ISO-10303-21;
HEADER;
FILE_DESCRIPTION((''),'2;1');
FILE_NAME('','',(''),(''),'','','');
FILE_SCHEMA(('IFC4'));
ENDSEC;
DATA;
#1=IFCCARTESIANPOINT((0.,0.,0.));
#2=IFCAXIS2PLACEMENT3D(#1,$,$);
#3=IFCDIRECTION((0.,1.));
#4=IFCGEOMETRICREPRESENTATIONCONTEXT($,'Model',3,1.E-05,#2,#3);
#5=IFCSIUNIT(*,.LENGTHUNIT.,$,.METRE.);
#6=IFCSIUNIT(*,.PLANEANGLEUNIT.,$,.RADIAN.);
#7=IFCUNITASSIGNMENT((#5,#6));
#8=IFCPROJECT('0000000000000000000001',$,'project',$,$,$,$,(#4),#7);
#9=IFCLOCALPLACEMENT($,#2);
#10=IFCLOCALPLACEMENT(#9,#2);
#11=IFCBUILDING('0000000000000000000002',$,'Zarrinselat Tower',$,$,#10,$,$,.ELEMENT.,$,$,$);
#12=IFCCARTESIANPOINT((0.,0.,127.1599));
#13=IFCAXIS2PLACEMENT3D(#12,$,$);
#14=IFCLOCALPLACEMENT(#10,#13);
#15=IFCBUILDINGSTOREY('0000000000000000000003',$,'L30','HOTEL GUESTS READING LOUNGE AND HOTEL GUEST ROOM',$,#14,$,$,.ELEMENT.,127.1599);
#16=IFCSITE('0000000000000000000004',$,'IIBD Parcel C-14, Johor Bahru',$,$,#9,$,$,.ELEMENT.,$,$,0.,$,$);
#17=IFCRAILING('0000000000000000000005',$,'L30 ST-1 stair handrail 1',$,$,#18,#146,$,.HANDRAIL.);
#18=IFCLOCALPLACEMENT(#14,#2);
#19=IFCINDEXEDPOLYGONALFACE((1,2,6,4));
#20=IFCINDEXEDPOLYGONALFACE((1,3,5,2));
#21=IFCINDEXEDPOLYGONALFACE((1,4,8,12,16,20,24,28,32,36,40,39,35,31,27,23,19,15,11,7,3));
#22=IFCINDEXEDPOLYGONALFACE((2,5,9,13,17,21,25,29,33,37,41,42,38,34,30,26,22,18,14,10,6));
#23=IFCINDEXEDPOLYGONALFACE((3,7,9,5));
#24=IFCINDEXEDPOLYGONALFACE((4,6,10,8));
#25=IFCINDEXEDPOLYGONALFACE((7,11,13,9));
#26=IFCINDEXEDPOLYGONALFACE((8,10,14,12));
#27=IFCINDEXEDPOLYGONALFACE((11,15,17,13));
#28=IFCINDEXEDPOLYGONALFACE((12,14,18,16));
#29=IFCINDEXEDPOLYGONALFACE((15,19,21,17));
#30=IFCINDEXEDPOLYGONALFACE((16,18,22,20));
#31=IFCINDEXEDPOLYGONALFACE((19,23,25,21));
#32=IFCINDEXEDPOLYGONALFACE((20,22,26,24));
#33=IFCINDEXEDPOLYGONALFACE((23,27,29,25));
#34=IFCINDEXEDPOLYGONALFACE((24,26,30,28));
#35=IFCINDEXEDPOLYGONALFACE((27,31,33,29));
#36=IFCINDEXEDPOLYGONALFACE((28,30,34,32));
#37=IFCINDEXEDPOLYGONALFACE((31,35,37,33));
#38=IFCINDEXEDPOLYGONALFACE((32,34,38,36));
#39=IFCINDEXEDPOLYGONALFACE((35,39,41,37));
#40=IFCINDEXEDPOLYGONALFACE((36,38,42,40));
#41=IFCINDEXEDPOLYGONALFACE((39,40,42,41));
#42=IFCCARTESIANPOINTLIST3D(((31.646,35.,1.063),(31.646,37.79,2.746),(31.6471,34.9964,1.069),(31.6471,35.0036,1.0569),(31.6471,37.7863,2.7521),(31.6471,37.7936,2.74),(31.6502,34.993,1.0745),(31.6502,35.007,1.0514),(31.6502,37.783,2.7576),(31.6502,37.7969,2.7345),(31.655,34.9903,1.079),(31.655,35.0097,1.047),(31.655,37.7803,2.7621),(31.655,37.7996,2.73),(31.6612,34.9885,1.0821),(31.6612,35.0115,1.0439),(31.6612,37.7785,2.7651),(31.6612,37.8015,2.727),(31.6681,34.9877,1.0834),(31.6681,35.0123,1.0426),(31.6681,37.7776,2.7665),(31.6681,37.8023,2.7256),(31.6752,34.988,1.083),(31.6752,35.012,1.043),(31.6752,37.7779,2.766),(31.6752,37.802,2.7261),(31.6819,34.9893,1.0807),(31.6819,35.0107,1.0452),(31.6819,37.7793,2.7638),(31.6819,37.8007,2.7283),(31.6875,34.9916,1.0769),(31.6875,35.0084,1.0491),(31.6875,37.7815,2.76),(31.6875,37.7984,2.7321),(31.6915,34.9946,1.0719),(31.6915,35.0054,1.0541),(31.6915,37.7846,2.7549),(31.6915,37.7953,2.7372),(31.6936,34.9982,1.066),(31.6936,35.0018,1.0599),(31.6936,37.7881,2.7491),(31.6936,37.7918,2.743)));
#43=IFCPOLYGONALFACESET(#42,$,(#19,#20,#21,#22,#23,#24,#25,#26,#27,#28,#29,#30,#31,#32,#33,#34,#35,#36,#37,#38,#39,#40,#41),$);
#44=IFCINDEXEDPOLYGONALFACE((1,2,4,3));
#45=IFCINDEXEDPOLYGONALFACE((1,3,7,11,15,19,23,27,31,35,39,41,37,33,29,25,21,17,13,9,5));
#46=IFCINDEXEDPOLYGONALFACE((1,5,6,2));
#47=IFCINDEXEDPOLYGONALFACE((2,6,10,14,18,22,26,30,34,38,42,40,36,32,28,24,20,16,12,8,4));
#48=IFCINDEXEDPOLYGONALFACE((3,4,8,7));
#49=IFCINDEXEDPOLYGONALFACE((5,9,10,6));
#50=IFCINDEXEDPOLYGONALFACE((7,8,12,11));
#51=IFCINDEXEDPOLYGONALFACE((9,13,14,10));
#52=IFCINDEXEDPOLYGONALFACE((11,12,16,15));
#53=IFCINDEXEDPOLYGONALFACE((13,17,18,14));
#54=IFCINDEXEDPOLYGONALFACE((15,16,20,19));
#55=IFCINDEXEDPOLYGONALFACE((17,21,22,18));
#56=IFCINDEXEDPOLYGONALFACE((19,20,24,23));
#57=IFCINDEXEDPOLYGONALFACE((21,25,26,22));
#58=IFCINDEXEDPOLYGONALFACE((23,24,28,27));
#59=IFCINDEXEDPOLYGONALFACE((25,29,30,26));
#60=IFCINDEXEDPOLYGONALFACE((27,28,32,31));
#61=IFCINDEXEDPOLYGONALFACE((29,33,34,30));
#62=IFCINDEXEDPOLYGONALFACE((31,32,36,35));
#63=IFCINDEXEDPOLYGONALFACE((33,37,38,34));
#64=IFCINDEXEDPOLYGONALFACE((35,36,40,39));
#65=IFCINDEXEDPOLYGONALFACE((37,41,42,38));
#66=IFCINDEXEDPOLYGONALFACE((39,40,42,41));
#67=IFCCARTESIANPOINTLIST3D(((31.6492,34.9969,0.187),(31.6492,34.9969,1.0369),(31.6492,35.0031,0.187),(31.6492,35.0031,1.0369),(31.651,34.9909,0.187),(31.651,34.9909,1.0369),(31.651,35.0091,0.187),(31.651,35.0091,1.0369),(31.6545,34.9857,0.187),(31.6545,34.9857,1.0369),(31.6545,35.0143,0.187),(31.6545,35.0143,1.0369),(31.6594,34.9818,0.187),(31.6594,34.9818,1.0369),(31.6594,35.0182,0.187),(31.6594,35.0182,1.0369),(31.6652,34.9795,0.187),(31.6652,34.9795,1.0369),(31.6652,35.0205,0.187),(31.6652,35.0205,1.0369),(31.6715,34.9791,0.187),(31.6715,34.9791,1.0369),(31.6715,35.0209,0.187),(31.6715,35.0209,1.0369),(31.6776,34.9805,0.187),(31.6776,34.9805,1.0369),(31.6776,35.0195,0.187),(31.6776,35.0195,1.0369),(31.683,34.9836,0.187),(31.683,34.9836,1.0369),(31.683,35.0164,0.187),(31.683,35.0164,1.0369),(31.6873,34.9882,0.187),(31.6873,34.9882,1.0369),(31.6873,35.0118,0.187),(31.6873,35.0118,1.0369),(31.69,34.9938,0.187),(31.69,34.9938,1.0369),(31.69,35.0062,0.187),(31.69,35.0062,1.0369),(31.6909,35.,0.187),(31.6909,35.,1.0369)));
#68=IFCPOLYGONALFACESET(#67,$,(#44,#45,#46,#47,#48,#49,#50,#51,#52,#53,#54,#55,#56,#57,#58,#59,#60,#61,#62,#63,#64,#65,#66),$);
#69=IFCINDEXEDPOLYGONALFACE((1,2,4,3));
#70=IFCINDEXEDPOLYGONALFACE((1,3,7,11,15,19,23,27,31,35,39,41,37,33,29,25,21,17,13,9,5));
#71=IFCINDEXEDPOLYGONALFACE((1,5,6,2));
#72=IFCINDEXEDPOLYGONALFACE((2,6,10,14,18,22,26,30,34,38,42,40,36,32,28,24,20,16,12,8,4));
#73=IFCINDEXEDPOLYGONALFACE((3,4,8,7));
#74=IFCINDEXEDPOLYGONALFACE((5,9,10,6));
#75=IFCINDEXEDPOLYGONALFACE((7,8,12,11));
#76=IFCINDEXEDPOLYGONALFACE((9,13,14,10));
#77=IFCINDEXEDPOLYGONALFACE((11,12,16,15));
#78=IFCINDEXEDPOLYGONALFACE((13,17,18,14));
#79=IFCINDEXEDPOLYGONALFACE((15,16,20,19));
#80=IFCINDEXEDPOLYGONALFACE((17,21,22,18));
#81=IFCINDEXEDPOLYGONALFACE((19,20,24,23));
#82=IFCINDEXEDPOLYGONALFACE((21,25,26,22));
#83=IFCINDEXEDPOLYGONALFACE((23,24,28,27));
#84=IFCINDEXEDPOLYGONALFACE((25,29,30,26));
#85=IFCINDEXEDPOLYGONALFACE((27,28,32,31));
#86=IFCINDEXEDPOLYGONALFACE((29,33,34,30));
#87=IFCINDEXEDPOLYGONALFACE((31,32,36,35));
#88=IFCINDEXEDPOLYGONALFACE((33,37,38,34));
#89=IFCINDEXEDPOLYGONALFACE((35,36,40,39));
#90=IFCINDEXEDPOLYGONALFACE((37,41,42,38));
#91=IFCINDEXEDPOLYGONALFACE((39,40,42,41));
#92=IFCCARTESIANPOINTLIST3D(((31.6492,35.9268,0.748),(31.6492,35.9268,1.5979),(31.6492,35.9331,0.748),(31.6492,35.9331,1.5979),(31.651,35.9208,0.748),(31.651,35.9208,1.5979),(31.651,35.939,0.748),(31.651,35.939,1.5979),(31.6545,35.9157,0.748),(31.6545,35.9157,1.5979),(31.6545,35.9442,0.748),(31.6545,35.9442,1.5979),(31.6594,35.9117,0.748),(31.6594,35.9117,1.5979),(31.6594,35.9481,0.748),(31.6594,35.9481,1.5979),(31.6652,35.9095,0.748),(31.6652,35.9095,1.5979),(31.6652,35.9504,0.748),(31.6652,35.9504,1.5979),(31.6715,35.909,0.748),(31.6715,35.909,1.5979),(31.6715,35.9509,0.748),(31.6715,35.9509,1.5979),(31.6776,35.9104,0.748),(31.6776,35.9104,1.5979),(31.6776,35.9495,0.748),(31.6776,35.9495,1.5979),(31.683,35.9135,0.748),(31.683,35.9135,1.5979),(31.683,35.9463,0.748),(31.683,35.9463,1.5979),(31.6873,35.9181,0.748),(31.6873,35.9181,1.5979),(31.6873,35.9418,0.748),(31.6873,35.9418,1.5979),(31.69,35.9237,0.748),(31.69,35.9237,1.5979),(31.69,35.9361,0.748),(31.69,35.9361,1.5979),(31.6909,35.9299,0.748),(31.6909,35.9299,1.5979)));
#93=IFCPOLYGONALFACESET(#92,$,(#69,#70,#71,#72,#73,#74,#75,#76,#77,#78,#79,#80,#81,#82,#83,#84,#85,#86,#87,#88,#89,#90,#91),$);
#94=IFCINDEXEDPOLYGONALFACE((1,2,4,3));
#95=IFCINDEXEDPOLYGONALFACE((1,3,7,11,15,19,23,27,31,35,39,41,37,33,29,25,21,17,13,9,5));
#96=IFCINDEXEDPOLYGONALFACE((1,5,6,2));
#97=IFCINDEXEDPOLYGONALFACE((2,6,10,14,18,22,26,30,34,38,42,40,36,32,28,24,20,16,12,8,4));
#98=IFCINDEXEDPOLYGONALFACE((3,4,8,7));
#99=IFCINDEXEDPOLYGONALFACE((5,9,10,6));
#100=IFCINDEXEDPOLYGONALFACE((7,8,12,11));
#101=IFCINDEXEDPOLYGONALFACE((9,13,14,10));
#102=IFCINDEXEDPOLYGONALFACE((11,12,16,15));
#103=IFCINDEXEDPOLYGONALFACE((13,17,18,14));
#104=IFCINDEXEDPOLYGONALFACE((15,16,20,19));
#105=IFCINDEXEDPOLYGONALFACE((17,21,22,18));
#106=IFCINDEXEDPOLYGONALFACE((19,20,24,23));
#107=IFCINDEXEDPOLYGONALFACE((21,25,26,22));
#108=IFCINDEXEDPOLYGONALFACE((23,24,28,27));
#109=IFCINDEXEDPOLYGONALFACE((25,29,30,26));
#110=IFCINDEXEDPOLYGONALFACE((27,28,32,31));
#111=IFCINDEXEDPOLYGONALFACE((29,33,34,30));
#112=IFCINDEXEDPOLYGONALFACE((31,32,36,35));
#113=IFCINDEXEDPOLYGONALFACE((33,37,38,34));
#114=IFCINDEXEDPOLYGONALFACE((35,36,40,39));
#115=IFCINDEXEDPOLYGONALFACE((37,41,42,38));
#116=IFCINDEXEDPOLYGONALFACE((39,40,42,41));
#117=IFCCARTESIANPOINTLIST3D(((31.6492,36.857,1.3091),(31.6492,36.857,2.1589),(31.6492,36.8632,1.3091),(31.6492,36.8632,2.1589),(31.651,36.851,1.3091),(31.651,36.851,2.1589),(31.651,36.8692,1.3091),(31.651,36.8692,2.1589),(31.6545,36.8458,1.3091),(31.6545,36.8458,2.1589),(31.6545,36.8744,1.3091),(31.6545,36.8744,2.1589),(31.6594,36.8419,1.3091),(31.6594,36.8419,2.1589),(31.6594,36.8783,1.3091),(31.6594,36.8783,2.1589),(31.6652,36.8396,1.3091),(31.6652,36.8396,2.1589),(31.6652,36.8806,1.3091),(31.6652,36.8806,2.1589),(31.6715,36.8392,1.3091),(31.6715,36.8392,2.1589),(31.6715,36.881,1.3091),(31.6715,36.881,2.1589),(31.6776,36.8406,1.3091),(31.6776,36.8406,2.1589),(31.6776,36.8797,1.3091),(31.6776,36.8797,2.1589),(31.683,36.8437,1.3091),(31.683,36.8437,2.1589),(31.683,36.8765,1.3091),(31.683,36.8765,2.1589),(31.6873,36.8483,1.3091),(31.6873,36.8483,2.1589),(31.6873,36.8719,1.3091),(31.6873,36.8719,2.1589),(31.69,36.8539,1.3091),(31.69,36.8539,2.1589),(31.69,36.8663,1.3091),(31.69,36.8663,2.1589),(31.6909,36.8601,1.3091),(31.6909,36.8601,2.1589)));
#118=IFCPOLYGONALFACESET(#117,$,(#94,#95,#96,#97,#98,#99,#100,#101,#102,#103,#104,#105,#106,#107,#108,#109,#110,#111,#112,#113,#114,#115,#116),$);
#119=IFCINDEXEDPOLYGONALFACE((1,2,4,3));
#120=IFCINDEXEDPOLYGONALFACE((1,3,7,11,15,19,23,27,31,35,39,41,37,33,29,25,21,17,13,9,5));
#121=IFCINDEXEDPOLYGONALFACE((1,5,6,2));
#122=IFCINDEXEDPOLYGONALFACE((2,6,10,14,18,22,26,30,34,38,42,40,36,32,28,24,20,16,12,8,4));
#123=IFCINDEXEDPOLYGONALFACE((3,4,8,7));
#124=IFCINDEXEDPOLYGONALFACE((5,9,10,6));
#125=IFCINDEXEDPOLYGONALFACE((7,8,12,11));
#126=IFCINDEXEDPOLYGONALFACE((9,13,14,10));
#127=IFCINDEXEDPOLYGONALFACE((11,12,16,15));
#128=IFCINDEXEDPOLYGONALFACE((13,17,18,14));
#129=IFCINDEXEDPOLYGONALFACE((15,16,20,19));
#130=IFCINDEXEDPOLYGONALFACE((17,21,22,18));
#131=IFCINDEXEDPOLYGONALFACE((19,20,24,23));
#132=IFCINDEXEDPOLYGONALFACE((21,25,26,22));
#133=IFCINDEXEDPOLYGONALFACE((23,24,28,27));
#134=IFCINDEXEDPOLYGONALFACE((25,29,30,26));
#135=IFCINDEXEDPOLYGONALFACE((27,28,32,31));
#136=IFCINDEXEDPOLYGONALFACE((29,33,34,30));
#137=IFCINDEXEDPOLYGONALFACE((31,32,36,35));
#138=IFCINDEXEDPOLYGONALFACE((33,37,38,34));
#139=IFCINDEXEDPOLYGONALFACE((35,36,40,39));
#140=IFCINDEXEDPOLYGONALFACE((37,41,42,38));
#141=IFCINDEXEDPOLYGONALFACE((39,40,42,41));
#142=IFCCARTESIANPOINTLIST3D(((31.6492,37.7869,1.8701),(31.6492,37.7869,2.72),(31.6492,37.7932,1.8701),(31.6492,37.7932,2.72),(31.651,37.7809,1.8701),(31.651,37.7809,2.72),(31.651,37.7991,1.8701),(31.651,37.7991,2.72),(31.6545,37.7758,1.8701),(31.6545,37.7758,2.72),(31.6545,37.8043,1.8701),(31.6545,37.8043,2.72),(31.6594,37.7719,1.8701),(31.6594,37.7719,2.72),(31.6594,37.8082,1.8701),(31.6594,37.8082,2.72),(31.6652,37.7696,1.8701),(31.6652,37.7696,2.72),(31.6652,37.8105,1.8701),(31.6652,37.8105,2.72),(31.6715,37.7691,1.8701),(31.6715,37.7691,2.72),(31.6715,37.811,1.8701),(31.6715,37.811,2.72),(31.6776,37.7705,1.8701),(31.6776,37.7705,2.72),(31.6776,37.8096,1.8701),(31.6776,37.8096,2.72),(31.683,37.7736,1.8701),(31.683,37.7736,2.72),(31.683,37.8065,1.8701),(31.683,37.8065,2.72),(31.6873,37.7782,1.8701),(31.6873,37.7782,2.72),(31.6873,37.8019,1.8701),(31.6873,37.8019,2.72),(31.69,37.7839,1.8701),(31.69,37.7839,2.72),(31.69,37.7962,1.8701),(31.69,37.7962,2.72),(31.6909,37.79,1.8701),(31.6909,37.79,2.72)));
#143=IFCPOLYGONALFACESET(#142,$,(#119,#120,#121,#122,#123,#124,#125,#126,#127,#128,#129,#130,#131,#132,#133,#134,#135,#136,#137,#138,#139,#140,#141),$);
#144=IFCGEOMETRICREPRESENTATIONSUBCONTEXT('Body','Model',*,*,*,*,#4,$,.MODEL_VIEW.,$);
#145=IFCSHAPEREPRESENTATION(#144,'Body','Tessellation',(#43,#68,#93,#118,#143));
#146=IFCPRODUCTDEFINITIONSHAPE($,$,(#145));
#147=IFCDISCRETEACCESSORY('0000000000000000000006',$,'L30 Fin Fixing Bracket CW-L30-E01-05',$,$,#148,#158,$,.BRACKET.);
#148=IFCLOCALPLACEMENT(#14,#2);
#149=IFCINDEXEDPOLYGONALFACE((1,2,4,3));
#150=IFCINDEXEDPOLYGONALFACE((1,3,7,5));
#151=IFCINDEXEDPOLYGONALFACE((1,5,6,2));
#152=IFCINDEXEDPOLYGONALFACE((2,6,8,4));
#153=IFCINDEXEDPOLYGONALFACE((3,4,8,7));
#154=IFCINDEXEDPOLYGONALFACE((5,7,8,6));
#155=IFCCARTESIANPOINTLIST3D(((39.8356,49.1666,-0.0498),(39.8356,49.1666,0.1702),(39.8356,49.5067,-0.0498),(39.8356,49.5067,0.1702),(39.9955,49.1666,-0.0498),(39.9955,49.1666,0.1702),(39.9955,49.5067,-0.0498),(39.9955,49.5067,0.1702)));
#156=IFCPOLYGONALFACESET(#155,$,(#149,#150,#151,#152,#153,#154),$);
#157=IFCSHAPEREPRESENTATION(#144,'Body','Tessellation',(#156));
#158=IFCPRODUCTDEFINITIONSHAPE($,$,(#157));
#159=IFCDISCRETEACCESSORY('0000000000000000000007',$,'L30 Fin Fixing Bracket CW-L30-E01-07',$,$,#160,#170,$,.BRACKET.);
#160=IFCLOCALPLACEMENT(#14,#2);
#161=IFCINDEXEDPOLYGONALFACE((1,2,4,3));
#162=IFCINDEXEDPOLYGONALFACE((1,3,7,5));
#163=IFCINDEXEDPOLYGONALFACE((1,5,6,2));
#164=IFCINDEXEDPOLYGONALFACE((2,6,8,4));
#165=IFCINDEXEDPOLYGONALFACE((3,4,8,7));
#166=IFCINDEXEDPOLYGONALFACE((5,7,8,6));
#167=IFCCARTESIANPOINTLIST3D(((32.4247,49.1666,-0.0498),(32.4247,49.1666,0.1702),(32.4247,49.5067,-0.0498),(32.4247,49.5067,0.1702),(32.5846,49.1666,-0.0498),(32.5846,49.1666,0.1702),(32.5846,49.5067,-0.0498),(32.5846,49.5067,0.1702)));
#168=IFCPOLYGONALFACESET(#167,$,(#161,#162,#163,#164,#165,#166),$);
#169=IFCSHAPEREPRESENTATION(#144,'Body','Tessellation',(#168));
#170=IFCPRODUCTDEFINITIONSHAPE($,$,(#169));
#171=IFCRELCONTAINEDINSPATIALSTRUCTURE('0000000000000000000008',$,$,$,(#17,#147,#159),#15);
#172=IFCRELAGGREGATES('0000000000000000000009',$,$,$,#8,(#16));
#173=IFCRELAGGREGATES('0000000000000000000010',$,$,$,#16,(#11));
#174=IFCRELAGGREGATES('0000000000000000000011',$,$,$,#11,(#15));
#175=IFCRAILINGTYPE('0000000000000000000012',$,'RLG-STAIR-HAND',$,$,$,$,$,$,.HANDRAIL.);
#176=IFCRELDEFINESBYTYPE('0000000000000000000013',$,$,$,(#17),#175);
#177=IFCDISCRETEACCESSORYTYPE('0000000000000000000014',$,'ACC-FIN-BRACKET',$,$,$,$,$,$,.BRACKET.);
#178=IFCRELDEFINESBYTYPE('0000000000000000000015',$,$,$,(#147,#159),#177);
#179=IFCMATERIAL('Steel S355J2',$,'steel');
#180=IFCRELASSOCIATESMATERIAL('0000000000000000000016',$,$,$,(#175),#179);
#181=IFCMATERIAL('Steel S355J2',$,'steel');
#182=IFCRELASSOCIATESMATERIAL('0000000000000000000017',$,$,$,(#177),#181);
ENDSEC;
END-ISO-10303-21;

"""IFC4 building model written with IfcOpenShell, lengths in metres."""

from ifc_helpers import new_model, si_unit, direction, frame, origin, origin_2d, place, context, subcontext, project, spatial, rectangle, circle, extrude, material, type_object, element, save


model = new_model("IFC4")

# Units and contexts
model_context = context("Model", 3, precision=1e-05, world=origin(), true_north=direction((0.0, 1.0)))
body_context = subcontext(model_context, "Body", "Model", "MODEL_VIEW")
ifc_project = project(units=[si_unit("LENGTHUNIT", "METRE"), si_unit("PLANEANGLEUNIT", "RADIAN")], contexts=[model_context])

# Site, building, storey
site_placement = place(None, origin())
site = spatial("IfcSite", under=ifc_project, at=site_placement, Name="IIBD Parcel C-14, Johor Bahru", CompositionType="ELEMENT", RefElevation=0.0)
building_placement = place(site_placement, origin())
building = spatial("IfcBuilding", under=site, at=building_placement, Name="Zarrinselat Tower", CompositionType="ELEMENT")
storey_placement = place(building_placement, frame((0.0, 0.0, 127.1599)))
storey = spatial("IfcBuildingStorey", under=building, at=storey_placement, Name="L30", Description="HOTEL GUESTS READING LOUNGE AND HOTEL GUEST ROOM", CompositionType="ELEMENT", Elevation=127.1599)

# Railing
ifc_material_1 = material(Name="Steel S355J2", Category="steel")
railing_type_1 = type_object("IfcRailingType", Name="RLG-STAIR-HAND", PredefinedType="HANDRAIL", material=ifc_material_1)
railing_1_placement = place(storey_placement, frame((31.6699, 35.0, 0.187)))
element("IfcRailing", 1, at=railing_1_placement, inside=storey, type_object=railing_type_1, Name="L30 ST-1 stair handrail 1", PredefinedType="HANDRAIL", context=body_context, shape_type="SweptSolid", body=[
    extrude(circle(Radius=0.0239, at=origin_2d()), frame((0.0, 0.0, 0.876), z_axis=(0.0, 0.856261, 0.516544), x_axis=(-1.0, 0.0, 0.0)), (0.0, 0.0, 1.0), 3.2583),
    extrude(circle(Radius=0.021, at=origin_2d()), origin(), (0.0, 0.0, 1.0), 0.8499),
    extrude(circle(Radius=0.021, at=origin_2d()), frame((0.0, 0.9299, 0.561)), (0.0, 0.0, 1.0), 0.8499),
    extrude(circle(Radius=0.021, at=origin_2d()), frame((0.0, 1.8601, 1.1221)), (0.0, 0.0, 1.0), 0.8499),
    extrude(circle(Radius=0.021, at=origin_2d()), frame((0.0, 2.79, 1.6831)), (0.0, 0.0, 1.0), 0.8499),
])

# Discrete accessories
ifc_material_2 = material(Name="Steel S355J2", Category="steel")
discrete_accessory_type = type_object("IfcDiscreteAccessoryType", Name="ACC-FIN-BRACKET", PredefinedType="BRACKET", material=ifc_material_2)
for number, where, z_axis, x_axis, name in (
    (2, (39.9155, 49.3367, -0.0498), (0.0, 0.0, 1.0), (0.0, 1.0, 0.0), "L30 Fin Fixing Bracket CW-L30-E01-05"),
    (3, (32.5046, 49.3367, -0.0498), (0.0, 0.0, 1.0), (0.0, 1.0, 0.0), "L30 Fin Fixing Bracket CW-L30-E01-07"),
):
    element("IfcDiscreteAccessory", number, at=place(storey_placement, frame(where, z_axis=z_axis, x_axis=x_axis)), inside=storey, type_object=discrete_accessory_type, Name=name, PredefinedType="BRACKET", context=body_context, shape_type="SweptSolid", body=[
        extrude(rectangle(XDim=0.3401, YDim=0.1599, at=origin_2d()), origin(), (0.0, 0.0, 1.0), 0.22),
    ])

save(model, "model.ifc")
